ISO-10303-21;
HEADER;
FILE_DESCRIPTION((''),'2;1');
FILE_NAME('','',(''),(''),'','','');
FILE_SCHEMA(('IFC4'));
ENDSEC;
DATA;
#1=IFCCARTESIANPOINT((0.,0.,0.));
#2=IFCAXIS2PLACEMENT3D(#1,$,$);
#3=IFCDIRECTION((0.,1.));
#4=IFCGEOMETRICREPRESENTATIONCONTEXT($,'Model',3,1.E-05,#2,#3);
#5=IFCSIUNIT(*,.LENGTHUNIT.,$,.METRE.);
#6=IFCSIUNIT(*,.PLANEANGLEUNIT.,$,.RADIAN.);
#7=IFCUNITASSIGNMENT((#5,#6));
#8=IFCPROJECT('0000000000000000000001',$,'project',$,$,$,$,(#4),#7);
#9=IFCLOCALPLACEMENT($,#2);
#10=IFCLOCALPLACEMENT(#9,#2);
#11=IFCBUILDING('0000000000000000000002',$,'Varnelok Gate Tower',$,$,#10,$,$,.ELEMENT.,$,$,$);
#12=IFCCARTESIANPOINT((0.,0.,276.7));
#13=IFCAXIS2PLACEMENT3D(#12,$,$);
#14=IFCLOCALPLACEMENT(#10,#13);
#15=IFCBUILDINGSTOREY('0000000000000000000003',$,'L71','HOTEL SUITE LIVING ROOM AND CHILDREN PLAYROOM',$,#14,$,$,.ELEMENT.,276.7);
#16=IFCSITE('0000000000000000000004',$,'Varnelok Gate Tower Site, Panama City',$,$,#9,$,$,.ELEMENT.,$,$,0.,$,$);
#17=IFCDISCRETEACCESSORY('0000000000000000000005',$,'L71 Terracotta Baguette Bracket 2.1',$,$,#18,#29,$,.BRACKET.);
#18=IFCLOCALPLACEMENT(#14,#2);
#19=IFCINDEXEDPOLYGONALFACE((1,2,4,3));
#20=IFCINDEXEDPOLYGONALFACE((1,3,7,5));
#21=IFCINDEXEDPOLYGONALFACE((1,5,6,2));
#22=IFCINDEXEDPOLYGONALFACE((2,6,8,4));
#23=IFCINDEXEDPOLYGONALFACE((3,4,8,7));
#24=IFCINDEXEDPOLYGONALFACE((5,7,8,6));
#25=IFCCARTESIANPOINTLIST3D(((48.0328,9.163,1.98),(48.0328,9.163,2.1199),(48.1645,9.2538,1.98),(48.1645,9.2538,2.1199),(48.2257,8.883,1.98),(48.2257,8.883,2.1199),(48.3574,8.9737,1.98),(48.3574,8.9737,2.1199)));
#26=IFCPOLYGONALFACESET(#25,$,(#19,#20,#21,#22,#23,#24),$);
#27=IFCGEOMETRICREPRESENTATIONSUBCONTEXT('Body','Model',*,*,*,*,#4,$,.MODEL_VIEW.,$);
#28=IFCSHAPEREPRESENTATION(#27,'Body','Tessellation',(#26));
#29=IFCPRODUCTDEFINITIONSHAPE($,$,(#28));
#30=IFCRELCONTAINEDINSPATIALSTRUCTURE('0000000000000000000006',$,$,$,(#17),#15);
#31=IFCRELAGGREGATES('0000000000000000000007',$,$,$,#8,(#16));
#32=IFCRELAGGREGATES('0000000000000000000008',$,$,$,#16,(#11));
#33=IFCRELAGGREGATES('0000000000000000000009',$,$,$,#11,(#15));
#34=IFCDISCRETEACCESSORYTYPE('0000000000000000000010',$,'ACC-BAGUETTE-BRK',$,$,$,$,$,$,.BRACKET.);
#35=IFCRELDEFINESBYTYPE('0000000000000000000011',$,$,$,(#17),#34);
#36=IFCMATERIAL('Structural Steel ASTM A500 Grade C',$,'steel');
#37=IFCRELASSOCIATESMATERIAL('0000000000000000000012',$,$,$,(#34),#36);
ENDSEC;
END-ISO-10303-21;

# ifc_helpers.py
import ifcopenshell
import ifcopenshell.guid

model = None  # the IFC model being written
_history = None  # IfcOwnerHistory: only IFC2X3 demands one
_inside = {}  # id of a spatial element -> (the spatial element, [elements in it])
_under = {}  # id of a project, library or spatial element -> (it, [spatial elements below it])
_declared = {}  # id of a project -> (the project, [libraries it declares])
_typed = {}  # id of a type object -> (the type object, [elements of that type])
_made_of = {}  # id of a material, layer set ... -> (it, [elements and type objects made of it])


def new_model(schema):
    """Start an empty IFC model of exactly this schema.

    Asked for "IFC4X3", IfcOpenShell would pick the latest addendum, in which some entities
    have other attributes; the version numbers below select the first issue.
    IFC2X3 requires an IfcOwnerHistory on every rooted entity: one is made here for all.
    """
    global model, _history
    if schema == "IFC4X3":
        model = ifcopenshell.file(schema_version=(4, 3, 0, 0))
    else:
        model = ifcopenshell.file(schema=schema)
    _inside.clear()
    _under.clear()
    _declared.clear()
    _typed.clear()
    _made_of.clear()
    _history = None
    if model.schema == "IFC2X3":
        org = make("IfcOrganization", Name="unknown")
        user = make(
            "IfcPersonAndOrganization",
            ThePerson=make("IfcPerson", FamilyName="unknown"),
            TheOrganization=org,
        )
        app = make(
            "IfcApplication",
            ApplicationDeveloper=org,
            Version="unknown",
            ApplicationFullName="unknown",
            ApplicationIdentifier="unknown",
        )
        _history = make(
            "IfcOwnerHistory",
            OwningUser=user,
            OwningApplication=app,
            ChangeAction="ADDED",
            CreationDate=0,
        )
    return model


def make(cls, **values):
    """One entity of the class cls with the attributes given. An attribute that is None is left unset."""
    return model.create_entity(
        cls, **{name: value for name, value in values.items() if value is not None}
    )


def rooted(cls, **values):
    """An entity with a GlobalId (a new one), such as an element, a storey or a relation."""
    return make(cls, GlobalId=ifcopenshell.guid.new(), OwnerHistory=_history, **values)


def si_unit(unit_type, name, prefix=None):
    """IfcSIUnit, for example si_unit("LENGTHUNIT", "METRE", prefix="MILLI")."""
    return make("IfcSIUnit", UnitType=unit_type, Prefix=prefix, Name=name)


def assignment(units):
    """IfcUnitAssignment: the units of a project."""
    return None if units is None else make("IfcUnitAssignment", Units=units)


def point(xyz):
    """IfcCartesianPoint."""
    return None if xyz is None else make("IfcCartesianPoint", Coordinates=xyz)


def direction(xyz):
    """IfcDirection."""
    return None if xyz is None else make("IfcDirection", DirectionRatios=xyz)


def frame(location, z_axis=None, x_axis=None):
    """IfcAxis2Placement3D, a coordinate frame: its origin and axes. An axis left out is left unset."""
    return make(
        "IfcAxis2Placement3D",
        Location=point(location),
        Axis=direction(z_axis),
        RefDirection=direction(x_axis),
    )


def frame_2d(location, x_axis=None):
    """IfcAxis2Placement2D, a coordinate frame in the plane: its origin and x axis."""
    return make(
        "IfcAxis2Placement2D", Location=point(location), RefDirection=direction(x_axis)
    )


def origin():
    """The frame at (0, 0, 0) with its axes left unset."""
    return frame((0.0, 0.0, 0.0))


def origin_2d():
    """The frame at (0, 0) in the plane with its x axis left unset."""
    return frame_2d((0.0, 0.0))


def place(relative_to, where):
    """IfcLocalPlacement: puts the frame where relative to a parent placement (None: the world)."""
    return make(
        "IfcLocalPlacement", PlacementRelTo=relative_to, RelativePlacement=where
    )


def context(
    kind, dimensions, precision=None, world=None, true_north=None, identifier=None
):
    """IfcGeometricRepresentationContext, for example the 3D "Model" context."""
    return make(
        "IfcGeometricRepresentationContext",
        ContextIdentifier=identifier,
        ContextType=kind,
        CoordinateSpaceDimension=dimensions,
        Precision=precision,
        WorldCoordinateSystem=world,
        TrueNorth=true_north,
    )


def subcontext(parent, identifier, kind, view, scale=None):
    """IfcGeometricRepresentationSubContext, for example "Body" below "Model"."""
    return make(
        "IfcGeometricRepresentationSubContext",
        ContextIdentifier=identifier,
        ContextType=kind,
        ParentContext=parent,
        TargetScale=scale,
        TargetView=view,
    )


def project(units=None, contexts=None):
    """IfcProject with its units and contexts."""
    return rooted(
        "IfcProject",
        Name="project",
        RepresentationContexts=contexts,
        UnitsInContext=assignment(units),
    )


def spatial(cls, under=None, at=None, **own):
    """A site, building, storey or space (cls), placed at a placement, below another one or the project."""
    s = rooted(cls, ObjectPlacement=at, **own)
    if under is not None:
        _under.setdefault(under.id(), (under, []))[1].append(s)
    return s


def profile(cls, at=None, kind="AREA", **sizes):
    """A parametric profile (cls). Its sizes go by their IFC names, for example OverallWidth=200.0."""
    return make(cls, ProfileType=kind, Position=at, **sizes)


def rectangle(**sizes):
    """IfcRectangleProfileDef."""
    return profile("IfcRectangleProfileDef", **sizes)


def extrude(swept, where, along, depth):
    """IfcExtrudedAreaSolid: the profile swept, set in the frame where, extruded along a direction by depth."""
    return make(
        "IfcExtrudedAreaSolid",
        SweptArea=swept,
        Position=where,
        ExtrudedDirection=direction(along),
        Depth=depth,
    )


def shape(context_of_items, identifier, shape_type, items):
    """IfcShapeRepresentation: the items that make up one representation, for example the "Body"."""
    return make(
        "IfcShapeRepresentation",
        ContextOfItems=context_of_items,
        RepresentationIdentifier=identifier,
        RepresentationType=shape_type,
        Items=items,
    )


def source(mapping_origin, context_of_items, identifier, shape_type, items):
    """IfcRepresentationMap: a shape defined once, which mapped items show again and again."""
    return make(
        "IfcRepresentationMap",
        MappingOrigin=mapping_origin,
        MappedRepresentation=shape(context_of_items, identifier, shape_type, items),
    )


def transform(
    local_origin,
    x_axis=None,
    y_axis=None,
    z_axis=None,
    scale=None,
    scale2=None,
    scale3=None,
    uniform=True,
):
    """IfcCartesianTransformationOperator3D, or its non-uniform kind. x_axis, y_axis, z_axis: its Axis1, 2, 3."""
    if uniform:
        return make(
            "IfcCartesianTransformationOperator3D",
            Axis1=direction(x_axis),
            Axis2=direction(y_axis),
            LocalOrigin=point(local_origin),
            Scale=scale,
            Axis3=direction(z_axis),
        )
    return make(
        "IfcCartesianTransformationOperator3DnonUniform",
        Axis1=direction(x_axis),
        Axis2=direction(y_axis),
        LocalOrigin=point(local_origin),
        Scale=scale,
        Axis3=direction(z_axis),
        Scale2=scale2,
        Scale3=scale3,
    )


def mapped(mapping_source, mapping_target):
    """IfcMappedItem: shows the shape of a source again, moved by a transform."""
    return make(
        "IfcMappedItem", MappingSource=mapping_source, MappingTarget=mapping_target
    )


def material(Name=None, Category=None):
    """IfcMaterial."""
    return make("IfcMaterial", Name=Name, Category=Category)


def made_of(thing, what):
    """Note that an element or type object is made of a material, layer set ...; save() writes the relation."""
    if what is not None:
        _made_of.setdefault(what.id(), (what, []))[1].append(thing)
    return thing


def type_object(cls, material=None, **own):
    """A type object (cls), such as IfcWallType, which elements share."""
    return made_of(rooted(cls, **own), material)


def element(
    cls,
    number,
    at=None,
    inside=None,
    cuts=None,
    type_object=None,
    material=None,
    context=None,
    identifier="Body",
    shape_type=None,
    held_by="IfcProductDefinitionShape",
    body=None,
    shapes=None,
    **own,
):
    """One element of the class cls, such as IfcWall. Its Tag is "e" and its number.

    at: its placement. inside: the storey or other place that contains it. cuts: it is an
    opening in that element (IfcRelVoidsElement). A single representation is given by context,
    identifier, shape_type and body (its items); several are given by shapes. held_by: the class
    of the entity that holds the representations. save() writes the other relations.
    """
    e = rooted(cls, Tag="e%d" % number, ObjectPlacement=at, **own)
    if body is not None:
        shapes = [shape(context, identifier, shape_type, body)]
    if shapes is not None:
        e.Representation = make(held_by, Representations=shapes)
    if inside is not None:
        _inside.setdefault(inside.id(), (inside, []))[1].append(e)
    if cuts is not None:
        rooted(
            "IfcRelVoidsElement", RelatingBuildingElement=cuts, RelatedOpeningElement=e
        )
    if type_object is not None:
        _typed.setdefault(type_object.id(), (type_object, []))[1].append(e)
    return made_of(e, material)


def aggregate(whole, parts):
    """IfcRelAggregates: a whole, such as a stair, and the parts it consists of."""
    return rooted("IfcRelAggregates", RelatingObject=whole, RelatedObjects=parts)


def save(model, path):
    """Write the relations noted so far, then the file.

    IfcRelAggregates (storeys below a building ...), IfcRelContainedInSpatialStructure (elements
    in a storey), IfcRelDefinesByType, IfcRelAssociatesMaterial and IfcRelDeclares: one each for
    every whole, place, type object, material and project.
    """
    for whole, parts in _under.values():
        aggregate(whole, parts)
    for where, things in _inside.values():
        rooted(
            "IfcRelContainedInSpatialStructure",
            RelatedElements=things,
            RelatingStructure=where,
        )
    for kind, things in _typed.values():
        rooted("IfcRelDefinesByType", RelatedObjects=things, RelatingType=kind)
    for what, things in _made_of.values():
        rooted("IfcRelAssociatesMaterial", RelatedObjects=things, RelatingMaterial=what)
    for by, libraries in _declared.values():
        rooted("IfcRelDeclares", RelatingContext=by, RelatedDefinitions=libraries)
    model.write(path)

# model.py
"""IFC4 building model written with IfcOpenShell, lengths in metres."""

from ifc_helpers import new_model, si_unit, direction, frame, origin, origin_2d, place, context, subcontext, project, spatial, rectangle, extrude, source, transform, mapped, material, type_object, element, save


model = new_model("IFC4")

# Units and contexts
model_context = context("Model", 3, precision=1e-05, world=origin(), true_north=direction((0.0, 1.0)))
body_context = subcontext(model_context, "Body", "Model", "MODEL_VIEW")
ifc_project = project(units=[si_unit("LENGTHUNIT", "METRE"), si_unit("PLANEANGLEUNIT", "RADIAN")], contexts=[model_context])

# Site, building, storey
site_placement = place(None, origin())
site = spatial("IfcSite", under=ifc_project, at=site_placement, Name="Varnelok Gate Tower Site, Panama City", CompositionType="ELEMENT", RefElevation=0.0)
building_placement = place(site_placement, origin())
building = spatial("IfcBuilding", under=site, at=building_placement, Name="Varnelok Gate Tower", CompositionType="ELEMENT")
storey_placement = place(building_placement, frame((0.0, 0.0, 276.7)))
storey = spatial("IfcBuildingStorey", under=building, at=storey_placement, Name="L71", Description="HOTEL SUITE LIVING ROOM AND CHILDREN PLAYROOM", CompositionType="ELEMENT", Elevation=276.7)

# Discrete accessory
ifc_material_1 = material(Name="Structural Steel ASTM A500 Grade C", Category="steel")
discrete_accessory_type = type_object("IfcDiscreteAccessoryType", Name="ACC-BAGUETTE-BRK", PredefinedType="BRACKET", material=ifc_material_1)
shared_shape_1 = source(origin(), body_context, "Body", "SweptSolid", [
    extrude(rectangle(XDim=0.1599, YDim=0.3401, at=origin_2d()), origin(), (0.0, 0.0, 1.0), 0.1399),
])
discrete_accessory_placement = place(storey_placement, frame((48.1951, 9.0684, 1.98), z_axis=(0.0, 0.0, 1.0), x_axis=(0.823533, 0.567269, 0.0)))
element("IfcDiscreteAccessory", 1, at=discrete_accessory_placement, inside=storey, type_object=discrete_accessory_type, Name="L71 Terracotta Baguette Bracket 2.1", PredefinedType="BRACKET", context=body_context, shape_type="MappedRepresentation", body=[
    mapped(shared_shape_1, transform((0.0, 0.0, 0.0), scale=1.0)),
])

save(model, "model.ifc")
